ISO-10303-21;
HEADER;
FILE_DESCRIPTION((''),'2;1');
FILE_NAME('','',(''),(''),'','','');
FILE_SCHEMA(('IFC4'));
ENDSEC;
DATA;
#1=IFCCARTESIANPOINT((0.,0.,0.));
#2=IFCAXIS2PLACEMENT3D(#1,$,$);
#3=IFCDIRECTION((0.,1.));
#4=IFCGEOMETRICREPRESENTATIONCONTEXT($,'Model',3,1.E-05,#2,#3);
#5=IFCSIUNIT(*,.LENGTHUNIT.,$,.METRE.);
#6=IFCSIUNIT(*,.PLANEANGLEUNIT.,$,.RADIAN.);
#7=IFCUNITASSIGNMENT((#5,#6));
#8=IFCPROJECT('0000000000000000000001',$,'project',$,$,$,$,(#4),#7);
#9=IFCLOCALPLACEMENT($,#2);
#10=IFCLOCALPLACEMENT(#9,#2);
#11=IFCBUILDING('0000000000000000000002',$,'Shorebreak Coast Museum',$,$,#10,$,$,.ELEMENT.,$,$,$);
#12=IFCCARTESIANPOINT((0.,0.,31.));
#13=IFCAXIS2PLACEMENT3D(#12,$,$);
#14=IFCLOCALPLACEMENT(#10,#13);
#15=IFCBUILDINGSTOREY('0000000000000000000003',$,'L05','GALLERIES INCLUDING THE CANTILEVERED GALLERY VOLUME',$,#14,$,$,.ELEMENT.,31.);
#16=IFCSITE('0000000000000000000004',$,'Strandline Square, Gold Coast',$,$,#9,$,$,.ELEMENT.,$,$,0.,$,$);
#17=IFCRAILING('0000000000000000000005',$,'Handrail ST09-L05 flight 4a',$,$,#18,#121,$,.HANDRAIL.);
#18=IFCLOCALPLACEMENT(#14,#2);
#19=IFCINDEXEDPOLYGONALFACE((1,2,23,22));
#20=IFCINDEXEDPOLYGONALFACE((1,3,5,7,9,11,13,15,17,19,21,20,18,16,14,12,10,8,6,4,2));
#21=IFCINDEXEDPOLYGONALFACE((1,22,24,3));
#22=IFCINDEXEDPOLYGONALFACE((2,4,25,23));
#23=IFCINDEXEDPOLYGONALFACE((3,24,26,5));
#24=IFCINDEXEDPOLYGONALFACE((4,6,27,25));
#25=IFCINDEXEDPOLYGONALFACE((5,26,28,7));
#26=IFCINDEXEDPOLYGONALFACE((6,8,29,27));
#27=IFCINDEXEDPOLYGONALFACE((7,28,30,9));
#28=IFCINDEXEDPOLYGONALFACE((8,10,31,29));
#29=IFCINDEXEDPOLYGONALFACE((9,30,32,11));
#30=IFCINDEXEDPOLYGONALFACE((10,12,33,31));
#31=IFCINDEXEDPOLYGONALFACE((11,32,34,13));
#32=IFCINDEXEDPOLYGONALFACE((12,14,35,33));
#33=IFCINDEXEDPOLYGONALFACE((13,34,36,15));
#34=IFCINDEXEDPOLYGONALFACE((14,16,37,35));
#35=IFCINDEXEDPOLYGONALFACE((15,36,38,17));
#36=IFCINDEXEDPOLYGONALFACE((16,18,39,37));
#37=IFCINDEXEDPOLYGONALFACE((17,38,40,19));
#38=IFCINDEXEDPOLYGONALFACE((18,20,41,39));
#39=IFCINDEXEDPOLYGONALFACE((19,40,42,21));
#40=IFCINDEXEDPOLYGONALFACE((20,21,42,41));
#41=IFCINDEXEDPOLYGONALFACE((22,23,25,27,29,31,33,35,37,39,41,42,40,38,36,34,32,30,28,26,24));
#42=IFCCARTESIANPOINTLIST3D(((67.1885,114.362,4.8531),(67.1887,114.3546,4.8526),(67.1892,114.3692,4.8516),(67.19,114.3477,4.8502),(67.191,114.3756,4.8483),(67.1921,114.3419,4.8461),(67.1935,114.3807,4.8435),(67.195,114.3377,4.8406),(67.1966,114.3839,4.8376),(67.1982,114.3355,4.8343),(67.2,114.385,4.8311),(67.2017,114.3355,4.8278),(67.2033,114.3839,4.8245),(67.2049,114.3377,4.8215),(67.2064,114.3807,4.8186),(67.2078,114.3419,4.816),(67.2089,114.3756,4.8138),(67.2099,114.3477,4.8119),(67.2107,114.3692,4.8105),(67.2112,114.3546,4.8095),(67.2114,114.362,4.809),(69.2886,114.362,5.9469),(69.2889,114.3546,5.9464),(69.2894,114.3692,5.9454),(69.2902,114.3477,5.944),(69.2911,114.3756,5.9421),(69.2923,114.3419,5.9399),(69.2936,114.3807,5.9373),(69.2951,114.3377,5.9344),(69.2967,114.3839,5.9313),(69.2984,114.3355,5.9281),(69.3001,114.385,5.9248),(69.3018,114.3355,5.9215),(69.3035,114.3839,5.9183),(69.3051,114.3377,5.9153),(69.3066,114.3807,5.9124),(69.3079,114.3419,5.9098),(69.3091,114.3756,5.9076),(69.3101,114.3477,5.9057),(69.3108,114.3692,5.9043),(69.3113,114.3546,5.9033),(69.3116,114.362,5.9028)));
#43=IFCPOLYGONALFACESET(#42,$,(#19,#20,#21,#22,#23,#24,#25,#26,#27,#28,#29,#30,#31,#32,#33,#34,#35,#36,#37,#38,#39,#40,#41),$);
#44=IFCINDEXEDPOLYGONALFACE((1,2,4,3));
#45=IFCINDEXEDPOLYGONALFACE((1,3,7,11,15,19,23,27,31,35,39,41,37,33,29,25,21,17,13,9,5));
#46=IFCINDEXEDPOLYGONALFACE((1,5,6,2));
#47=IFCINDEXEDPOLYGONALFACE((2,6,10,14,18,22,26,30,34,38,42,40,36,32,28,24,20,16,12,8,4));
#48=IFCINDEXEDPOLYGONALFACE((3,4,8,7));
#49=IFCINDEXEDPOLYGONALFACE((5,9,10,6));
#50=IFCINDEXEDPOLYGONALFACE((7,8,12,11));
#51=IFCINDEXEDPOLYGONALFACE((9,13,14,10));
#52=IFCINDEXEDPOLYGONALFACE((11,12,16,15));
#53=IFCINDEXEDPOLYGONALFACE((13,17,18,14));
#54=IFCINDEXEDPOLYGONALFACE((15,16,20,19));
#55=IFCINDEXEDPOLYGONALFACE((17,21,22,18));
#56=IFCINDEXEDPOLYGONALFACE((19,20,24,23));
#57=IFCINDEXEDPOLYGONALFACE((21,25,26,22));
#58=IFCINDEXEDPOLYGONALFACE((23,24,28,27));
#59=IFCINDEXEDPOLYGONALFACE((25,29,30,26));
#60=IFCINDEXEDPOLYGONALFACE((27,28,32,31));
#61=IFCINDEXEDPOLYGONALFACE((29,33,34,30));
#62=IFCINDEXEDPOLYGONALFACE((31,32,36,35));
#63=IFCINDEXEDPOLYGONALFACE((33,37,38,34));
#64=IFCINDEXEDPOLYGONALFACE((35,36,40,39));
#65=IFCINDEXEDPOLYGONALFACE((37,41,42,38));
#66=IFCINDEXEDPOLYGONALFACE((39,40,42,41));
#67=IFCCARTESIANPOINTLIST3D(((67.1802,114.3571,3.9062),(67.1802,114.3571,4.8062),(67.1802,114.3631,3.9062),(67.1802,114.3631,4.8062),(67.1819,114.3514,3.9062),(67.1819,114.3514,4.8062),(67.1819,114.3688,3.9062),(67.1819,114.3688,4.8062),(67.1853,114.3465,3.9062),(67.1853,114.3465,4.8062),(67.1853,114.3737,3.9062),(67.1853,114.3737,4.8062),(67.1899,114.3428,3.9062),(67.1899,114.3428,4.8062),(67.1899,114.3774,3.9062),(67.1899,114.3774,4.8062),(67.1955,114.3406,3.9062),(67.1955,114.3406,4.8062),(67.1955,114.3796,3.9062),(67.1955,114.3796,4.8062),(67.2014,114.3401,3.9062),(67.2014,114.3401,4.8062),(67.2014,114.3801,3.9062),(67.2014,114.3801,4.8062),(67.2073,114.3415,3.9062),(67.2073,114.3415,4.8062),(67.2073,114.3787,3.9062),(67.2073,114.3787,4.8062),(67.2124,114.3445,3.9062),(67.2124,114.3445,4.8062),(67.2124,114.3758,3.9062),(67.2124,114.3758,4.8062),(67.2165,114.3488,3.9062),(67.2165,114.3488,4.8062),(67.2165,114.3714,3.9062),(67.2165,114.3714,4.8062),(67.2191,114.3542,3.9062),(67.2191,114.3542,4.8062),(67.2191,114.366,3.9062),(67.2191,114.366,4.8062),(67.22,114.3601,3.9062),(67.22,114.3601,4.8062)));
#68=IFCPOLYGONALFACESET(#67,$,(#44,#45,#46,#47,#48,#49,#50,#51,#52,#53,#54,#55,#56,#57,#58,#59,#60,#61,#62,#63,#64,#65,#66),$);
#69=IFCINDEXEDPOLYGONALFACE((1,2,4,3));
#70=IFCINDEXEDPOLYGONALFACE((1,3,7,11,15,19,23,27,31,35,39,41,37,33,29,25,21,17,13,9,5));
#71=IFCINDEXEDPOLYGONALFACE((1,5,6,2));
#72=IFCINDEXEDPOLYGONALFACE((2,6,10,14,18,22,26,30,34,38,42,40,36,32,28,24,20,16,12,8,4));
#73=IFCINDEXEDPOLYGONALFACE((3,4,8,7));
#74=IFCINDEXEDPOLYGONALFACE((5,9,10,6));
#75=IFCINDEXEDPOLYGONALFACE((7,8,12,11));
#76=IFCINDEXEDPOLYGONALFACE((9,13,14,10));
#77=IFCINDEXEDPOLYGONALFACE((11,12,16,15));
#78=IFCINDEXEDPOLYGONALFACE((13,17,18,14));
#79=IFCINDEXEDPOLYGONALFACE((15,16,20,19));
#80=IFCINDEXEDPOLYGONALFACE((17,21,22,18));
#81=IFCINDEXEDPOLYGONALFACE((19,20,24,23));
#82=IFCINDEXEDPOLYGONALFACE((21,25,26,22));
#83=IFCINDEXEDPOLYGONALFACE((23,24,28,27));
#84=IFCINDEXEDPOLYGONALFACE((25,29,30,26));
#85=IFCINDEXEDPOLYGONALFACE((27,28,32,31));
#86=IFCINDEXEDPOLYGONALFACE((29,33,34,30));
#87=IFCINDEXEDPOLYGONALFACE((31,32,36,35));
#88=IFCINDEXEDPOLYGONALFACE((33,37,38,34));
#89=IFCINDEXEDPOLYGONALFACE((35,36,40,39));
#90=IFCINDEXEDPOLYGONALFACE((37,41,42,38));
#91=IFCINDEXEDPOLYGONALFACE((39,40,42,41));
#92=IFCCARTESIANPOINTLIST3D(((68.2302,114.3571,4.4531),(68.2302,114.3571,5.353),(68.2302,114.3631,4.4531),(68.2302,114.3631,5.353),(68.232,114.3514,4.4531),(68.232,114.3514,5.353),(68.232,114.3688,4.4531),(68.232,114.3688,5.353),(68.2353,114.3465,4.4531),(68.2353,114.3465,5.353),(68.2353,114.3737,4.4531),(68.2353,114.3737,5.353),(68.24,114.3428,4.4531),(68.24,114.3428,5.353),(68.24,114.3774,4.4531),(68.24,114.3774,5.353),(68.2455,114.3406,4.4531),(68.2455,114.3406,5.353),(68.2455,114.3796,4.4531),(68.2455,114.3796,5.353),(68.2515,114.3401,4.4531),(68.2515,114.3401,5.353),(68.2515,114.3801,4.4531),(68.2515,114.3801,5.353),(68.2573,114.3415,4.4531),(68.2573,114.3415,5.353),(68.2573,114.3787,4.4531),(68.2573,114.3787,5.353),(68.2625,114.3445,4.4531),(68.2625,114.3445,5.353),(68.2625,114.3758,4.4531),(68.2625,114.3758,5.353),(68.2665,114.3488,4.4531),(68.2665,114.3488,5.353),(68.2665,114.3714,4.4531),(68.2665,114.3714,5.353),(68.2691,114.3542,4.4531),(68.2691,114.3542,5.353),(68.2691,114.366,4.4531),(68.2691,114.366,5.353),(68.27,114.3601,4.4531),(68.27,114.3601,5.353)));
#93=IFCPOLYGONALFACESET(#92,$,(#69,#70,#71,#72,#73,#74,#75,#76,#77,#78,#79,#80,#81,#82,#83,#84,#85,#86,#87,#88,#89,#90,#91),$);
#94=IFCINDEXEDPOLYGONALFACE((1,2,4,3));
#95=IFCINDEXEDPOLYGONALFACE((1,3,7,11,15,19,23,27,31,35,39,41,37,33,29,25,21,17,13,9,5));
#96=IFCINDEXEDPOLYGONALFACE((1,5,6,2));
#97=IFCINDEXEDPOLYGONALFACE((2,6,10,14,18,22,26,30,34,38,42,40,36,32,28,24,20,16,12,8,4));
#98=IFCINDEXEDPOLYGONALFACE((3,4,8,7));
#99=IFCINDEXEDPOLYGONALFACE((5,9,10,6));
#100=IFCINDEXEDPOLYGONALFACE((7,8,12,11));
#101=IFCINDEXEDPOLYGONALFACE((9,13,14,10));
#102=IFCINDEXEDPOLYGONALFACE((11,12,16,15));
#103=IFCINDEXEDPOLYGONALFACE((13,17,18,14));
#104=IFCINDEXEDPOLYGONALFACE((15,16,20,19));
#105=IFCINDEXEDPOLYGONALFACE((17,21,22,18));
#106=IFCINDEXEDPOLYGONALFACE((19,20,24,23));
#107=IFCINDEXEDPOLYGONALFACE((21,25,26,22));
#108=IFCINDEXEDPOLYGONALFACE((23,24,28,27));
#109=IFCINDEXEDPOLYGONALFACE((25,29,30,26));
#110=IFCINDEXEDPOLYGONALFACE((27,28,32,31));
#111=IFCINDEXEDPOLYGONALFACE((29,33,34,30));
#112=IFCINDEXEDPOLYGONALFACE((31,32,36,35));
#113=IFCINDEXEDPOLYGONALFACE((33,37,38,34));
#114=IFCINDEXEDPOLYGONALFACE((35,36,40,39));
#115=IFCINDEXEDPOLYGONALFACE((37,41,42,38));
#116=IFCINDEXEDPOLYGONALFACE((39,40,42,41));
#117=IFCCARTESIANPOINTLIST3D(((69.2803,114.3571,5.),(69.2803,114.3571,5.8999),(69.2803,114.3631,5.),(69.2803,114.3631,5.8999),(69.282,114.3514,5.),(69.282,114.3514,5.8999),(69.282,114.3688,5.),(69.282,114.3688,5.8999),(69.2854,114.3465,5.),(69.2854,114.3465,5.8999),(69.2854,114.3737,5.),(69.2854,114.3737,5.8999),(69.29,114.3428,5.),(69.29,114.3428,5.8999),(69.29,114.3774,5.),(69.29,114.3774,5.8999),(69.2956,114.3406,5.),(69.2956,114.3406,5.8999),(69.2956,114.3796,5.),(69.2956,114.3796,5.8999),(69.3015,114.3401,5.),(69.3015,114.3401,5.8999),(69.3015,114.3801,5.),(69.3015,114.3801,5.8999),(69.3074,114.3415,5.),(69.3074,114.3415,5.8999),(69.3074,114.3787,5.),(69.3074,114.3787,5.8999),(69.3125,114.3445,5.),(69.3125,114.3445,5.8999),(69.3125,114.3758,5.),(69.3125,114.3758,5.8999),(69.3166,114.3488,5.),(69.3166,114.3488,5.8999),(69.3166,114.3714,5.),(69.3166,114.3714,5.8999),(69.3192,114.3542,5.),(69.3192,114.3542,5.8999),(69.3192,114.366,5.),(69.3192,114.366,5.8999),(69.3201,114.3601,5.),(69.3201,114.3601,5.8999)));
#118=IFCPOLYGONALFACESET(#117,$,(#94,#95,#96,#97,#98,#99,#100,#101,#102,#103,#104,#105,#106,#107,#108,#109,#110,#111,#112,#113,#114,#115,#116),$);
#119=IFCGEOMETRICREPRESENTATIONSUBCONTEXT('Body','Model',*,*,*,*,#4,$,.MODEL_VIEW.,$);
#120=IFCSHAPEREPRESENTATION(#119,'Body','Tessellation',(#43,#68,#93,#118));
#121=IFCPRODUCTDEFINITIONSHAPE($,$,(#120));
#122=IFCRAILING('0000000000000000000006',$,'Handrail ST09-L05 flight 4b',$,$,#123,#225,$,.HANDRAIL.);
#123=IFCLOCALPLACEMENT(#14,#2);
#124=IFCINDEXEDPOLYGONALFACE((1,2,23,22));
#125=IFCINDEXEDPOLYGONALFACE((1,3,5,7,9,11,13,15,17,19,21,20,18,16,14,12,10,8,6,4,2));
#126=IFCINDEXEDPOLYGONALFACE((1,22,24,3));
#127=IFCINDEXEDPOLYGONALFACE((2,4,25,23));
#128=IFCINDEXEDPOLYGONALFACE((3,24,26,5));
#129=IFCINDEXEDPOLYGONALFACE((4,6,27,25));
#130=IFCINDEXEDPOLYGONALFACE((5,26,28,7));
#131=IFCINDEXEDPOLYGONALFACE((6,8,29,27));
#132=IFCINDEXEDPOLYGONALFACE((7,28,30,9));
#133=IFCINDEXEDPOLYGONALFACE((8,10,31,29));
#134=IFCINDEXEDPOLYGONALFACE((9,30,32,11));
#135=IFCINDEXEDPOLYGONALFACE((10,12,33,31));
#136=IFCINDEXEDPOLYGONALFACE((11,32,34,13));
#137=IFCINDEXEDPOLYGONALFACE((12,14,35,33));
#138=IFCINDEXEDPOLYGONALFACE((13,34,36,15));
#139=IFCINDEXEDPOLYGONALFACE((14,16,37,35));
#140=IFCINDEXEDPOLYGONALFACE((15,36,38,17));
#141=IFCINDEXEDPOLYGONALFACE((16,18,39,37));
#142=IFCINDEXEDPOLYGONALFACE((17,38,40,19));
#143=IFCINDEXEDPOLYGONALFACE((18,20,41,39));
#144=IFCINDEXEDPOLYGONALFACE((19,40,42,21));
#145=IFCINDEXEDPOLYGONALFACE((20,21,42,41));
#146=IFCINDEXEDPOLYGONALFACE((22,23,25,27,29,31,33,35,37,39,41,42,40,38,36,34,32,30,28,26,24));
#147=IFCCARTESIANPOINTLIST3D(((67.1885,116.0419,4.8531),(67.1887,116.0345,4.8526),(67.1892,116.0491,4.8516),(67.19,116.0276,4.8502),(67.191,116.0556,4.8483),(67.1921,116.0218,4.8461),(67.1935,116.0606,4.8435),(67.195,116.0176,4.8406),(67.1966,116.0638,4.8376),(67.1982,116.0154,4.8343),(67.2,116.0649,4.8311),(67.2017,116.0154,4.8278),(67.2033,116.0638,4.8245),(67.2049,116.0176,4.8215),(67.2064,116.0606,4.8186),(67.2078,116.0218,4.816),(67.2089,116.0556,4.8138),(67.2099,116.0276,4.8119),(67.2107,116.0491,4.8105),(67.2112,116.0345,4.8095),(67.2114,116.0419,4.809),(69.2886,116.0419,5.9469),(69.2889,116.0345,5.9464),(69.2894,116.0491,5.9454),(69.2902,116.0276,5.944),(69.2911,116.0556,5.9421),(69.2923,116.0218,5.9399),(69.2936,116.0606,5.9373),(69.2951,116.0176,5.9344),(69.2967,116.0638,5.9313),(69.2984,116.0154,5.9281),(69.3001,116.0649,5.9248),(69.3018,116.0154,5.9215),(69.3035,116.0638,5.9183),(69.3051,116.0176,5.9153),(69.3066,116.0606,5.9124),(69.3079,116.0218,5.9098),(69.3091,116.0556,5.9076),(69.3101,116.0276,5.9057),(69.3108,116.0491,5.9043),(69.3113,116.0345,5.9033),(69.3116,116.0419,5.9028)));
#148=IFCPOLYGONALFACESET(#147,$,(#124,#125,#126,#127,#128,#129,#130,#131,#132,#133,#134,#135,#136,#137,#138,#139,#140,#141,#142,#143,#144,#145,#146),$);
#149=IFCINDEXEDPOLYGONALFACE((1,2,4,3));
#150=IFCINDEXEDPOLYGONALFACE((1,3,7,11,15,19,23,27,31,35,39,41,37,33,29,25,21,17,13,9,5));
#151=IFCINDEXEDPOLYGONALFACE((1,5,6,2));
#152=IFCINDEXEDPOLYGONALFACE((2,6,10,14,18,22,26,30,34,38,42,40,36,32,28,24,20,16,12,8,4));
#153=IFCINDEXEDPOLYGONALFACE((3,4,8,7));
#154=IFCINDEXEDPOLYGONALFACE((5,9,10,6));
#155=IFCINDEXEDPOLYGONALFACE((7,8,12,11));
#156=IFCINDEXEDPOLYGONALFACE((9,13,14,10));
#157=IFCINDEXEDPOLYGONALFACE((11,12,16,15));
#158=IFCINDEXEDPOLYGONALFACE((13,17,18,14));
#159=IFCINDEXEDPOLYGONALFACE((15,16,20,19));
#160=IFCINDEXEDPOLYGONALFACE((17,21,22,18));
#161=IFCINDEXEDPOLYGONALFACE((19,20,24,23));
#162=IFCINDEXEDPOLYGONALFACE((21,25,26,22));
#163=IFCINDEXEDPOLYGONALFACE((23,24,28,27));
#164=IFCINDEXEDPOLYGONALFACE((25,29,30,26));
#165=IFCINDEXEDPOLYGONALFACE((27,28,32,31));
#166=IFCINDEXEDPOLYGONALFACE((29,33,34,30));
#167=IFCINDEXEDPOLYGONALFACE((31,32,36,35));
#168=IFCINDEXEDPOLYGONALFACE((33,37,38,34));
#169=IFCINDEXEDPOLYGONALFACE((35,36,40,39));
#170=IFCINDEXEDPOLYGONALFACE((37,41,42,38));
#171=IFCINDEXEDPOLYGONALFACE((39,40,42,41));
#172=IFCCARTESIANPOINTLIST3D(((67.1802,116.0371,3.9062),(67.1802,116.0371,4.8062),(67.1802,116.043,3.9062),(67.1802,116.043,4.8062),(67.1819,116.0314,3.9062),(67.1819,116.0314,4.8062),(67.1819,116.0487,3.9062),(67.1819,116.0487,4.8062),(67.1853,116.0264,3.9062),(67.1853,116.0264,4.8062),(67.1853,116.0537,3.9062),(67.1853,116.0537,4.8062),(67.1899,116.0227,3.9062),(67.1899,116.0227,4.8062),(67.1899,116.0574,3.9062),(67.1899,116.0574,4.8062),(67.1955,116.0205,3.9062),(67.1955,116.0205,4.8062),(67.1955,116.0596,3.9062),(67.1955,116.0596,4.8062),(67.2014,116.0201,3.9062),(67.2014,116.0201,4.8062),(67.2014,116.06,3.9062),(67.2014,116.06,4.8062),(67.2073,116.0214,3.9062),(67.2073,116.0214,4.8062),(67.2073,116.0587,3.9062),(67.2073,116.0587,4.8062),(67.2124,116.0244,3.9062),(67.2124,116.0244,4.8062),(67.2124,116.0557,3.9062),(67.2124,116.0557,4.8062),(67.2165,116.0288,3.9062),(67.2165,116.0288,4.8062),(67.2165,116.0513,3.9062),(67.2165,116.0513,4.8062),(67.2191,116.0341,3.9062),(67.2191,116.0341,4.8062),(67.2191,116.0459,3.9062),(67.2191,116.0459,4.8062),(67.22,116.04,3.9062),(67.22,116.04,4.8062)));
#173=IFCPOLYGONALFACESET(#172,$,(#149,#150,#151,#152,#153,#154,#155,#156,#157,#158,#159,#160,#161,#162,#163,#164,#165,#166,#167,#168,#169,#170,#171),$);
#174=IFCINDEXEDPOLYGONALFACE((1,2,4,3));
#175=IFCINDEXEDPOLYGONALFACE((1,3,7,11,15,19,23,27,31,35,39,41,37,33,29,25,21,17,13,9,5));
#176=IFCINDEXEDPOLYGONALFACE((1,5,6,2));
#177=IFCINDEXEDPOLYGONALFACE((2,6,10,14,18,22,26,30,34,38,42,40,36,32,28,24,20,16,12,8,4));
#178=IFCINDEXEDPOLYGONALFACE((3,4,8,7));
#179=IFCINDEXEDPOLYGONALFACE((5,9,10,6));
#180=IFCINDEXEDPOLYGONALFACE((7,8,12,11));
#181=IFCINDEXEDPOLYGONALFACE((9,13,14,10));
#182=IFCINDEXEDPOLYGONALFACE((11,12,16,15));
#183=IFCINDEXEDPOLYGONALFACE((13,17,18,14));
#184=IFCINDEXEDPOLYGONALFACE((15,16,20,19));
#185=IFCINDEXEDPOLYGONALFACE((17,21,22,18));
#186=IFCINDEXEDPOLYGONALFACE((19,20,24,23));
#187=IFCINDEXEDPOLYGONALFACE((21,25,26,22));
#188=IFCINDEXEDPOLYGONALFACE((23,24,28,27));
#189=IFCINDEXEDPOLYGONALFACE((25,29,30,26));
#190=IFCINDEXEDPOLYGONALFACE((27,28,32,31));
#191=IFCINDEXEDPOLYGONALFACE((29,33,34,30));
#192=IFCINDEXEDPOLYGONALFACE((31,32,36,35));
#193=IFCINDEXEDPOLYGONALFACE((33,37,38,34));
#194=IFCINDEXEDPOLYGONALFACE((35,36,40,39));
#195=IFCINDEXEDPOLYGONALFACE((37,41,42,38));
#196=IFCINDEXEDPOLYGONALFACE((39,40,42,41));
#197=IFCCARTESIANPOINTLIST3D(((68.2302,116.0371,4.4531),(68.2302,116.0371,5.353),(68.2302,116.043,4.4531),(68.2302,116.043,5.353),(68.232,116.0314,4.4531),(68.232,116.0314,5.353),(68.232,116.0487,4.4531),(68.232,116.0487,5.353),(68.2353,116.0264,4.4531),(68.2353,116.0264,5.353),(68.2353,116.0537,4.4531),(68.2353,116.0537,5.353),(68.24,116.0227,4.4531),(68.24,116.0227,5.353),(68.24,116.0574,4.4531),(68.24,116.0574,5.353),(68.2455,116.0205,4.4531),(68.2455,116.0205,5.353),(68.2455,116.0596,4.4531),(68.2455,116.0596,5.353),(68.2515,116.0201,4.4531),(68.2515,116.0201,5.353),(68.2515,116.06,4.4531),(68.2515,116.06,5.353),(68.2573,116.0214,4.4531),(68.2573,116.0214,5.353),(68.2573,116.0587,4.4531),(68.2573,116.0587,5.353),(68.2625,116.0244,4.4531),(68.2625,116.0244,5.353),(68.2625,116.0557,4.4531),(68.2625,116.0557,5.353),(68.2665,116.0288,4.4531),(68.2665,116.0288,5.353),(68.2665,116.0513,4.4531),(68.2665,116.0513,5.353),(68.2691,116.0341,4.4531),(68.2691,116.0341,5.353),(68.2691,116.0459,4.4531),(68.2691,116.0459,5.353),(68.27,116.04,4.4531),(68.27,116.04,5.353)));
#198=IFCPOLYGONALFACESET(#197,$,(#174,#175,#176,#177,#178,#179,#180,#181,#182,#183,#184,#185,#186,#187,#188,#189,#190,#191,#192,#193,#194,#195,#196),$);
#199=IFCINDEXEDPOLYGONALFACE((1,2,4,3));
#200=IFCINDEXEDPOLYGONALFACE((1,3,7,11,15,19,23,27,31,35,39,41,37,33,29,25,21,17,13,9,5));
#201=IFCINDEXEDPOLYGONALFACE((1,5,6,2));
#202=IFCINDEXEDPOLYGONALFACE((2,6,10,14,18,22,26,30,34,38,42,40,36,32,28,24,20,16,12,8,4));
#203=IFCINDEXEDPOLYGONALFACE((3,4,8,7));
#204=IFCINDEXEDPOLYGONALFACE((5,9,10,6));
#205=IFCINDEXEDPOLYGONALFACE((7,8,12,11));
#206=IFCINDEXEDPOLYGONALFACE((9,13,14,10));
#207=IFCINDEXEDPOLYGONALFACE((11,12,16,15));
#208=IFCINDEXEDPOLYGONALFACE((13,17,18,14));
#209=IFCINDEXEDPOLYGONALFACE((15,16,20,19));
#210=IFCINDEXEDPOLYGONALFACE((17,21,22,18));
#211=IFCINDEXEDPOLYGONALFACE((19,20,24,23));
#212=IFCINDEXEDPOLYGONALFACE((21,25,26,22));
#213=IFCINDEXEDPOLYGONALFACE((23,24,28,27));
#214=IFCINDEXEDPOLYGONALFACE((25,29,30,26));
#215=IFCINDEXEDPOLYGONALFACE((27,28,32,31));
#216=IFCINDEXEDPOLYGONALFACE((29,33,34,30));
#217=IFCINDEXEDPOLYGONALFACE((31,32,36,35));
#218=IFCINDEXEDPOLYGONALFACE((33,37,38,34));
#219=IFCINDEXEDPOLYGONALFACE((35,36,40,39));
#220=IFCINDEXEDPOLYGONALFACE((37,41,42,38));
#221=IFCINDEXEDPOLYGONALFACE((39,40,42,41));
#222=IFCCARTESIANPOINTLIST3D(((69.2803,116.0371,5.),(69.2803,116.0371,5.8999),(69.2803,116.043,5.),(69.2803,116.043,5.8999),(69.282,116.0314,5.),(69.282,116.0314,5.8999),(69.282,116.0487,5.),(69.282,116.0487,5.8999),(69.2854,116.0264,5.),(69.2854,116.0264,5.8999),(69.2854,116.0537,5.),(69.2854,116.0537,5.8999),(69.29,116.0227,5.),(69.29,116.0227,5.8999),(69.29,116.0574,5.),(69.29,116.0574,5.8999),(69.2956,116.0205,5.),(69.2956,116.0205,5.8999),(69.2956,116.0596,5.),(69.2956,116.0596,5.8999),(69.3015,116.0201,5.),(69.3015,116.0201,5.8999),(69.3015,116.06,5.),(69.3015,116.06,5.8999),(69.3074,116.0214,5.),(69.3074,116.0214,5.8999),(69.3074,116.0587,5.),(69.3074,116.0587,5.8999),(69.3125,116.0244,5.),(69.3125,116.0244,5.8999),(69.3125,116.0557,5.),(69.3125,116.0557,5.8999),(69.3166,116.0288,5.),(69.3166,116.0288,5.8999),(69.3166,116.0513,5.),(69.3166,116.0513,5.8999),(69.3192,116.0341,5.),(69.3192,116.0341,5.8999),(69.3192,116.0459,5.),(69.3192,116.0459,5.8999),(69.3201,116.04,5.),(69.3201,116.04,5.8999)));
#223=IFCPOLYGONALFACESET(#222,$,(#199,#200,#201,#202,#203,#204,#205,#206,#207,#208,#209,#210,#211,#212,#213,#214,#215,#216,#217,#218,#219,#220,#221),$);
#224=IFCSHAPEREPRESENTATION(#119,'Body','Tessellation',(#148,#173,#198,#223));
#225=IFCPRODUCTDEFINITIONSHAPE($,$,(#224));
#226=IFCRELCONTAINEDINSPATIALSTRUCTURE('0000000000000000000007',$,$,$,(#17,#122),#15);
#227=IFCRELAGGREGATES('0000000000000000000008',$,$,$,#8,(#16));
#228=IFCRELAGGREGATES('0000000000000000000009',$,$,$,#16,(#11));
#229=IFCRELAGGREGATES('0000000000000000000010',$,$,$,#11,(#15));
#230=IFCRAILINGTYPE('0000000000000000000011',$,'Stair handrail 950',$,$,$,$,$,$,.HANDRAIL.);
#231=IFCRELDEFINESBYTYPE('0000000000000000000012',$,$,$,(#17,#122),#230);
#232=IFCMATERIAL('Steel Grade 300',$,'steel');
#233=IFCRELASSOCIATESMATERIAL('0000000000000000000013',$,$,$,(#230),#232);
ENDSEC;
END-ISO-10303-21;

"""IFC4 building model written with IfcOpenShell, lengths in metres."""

from ifc_helpers import new_model, si_unit, direction, frame, origin, origin_2d, place, context, subcontext, project, spatial, circle, extrude, material, type_object, element, save


model = new_model("IFC4")

# Units and contexts
model_context = context("Model", 3, precision=1e-05, world=origin(), true_north=direction((0.0, 1.0)))
body_context = subcontext(model_context, "Body", "Model", "MODEL_VIEW")
ifc_project = project(units=[si_unit("LENGTHUNIT", "METRE"), si_unit("PLANEANGLEUNIT", "RADIAN")], contexts=[model_context])

# Site, building, storey
site_placement = place(None, origin())
site = spatial("IfcSite", under=ifc_project, at=site_placement, Name="Strandline Square, Gold Coast", CompositionType="ELEMENT", RefElevation=0.0)
building_placement = place(site_placement, origin())
building = spatial("IfcBuilding", under=site, at=building_placement, Name="Shorebreak Coast Museum", CompositionType="ELEMENT")
storey_placement = place(building_placement, frame((0.0, 0.0, 31.0)))
storey = spatial("IfcBuildingStorey", under=building, at=storey_placement, Name="L05", Description="GALLERIES INCLUDING THE CANTILEVERED GALLERY VOLUME", CompositionType="ELEMENT", Elevation=31.0)

# Railings
ifc_material_1 = material(Name="Steel Grade 300", Category="steel")
railing_type_1 = type_object("IfcRailingType", Name="Stair handrail 950", PredefinedType="HANDRAIL", material=ifc_material_1)
for number, where, name in (
    (1, (67.2, 114.3601, 3.9062), "Handrail ST09-L05 flight 4a"),
    (2, (67.2, 116.04, 3.9062), "Handrail ST09-L05 flight 4b"),
):
    element("IfcRailing", number, at=place(storey_placement, frame(where)), inside=storey, type_object=railing_type_1, Name=name, PredefinedType="HANDRAIL", context=body_context, shape_type="SweptSolid", body=[
        extrude(circle(Radius=0.0249, at=origin_2d()), frame((0.0, 0.0, 0.9248), z_axis=(0.886923, 0.0, 0.461918), x_axis=(0.0, 1.0, 0.0)), (0.0, 0.0, 1.0), 2.3679),
        extrude(circle(Radius=0.02, at=origin_2d()), origin(), (0.0, 0.0, 1.0), 0.8999),
        extrude(circle(Radius=0.02, at=origin_2d()), frame((1.05, 0.0, 0.5469)), (0.0, 0.0, 1.0), 0.8999),
        extrude(circle(Radius=0.02, at=origin_2d()), frame((2.1001, 0.0, 1.0938)), (0.0, 0.0, 1.0), 0.8999),
    ])

save(model, "model.ifc")
